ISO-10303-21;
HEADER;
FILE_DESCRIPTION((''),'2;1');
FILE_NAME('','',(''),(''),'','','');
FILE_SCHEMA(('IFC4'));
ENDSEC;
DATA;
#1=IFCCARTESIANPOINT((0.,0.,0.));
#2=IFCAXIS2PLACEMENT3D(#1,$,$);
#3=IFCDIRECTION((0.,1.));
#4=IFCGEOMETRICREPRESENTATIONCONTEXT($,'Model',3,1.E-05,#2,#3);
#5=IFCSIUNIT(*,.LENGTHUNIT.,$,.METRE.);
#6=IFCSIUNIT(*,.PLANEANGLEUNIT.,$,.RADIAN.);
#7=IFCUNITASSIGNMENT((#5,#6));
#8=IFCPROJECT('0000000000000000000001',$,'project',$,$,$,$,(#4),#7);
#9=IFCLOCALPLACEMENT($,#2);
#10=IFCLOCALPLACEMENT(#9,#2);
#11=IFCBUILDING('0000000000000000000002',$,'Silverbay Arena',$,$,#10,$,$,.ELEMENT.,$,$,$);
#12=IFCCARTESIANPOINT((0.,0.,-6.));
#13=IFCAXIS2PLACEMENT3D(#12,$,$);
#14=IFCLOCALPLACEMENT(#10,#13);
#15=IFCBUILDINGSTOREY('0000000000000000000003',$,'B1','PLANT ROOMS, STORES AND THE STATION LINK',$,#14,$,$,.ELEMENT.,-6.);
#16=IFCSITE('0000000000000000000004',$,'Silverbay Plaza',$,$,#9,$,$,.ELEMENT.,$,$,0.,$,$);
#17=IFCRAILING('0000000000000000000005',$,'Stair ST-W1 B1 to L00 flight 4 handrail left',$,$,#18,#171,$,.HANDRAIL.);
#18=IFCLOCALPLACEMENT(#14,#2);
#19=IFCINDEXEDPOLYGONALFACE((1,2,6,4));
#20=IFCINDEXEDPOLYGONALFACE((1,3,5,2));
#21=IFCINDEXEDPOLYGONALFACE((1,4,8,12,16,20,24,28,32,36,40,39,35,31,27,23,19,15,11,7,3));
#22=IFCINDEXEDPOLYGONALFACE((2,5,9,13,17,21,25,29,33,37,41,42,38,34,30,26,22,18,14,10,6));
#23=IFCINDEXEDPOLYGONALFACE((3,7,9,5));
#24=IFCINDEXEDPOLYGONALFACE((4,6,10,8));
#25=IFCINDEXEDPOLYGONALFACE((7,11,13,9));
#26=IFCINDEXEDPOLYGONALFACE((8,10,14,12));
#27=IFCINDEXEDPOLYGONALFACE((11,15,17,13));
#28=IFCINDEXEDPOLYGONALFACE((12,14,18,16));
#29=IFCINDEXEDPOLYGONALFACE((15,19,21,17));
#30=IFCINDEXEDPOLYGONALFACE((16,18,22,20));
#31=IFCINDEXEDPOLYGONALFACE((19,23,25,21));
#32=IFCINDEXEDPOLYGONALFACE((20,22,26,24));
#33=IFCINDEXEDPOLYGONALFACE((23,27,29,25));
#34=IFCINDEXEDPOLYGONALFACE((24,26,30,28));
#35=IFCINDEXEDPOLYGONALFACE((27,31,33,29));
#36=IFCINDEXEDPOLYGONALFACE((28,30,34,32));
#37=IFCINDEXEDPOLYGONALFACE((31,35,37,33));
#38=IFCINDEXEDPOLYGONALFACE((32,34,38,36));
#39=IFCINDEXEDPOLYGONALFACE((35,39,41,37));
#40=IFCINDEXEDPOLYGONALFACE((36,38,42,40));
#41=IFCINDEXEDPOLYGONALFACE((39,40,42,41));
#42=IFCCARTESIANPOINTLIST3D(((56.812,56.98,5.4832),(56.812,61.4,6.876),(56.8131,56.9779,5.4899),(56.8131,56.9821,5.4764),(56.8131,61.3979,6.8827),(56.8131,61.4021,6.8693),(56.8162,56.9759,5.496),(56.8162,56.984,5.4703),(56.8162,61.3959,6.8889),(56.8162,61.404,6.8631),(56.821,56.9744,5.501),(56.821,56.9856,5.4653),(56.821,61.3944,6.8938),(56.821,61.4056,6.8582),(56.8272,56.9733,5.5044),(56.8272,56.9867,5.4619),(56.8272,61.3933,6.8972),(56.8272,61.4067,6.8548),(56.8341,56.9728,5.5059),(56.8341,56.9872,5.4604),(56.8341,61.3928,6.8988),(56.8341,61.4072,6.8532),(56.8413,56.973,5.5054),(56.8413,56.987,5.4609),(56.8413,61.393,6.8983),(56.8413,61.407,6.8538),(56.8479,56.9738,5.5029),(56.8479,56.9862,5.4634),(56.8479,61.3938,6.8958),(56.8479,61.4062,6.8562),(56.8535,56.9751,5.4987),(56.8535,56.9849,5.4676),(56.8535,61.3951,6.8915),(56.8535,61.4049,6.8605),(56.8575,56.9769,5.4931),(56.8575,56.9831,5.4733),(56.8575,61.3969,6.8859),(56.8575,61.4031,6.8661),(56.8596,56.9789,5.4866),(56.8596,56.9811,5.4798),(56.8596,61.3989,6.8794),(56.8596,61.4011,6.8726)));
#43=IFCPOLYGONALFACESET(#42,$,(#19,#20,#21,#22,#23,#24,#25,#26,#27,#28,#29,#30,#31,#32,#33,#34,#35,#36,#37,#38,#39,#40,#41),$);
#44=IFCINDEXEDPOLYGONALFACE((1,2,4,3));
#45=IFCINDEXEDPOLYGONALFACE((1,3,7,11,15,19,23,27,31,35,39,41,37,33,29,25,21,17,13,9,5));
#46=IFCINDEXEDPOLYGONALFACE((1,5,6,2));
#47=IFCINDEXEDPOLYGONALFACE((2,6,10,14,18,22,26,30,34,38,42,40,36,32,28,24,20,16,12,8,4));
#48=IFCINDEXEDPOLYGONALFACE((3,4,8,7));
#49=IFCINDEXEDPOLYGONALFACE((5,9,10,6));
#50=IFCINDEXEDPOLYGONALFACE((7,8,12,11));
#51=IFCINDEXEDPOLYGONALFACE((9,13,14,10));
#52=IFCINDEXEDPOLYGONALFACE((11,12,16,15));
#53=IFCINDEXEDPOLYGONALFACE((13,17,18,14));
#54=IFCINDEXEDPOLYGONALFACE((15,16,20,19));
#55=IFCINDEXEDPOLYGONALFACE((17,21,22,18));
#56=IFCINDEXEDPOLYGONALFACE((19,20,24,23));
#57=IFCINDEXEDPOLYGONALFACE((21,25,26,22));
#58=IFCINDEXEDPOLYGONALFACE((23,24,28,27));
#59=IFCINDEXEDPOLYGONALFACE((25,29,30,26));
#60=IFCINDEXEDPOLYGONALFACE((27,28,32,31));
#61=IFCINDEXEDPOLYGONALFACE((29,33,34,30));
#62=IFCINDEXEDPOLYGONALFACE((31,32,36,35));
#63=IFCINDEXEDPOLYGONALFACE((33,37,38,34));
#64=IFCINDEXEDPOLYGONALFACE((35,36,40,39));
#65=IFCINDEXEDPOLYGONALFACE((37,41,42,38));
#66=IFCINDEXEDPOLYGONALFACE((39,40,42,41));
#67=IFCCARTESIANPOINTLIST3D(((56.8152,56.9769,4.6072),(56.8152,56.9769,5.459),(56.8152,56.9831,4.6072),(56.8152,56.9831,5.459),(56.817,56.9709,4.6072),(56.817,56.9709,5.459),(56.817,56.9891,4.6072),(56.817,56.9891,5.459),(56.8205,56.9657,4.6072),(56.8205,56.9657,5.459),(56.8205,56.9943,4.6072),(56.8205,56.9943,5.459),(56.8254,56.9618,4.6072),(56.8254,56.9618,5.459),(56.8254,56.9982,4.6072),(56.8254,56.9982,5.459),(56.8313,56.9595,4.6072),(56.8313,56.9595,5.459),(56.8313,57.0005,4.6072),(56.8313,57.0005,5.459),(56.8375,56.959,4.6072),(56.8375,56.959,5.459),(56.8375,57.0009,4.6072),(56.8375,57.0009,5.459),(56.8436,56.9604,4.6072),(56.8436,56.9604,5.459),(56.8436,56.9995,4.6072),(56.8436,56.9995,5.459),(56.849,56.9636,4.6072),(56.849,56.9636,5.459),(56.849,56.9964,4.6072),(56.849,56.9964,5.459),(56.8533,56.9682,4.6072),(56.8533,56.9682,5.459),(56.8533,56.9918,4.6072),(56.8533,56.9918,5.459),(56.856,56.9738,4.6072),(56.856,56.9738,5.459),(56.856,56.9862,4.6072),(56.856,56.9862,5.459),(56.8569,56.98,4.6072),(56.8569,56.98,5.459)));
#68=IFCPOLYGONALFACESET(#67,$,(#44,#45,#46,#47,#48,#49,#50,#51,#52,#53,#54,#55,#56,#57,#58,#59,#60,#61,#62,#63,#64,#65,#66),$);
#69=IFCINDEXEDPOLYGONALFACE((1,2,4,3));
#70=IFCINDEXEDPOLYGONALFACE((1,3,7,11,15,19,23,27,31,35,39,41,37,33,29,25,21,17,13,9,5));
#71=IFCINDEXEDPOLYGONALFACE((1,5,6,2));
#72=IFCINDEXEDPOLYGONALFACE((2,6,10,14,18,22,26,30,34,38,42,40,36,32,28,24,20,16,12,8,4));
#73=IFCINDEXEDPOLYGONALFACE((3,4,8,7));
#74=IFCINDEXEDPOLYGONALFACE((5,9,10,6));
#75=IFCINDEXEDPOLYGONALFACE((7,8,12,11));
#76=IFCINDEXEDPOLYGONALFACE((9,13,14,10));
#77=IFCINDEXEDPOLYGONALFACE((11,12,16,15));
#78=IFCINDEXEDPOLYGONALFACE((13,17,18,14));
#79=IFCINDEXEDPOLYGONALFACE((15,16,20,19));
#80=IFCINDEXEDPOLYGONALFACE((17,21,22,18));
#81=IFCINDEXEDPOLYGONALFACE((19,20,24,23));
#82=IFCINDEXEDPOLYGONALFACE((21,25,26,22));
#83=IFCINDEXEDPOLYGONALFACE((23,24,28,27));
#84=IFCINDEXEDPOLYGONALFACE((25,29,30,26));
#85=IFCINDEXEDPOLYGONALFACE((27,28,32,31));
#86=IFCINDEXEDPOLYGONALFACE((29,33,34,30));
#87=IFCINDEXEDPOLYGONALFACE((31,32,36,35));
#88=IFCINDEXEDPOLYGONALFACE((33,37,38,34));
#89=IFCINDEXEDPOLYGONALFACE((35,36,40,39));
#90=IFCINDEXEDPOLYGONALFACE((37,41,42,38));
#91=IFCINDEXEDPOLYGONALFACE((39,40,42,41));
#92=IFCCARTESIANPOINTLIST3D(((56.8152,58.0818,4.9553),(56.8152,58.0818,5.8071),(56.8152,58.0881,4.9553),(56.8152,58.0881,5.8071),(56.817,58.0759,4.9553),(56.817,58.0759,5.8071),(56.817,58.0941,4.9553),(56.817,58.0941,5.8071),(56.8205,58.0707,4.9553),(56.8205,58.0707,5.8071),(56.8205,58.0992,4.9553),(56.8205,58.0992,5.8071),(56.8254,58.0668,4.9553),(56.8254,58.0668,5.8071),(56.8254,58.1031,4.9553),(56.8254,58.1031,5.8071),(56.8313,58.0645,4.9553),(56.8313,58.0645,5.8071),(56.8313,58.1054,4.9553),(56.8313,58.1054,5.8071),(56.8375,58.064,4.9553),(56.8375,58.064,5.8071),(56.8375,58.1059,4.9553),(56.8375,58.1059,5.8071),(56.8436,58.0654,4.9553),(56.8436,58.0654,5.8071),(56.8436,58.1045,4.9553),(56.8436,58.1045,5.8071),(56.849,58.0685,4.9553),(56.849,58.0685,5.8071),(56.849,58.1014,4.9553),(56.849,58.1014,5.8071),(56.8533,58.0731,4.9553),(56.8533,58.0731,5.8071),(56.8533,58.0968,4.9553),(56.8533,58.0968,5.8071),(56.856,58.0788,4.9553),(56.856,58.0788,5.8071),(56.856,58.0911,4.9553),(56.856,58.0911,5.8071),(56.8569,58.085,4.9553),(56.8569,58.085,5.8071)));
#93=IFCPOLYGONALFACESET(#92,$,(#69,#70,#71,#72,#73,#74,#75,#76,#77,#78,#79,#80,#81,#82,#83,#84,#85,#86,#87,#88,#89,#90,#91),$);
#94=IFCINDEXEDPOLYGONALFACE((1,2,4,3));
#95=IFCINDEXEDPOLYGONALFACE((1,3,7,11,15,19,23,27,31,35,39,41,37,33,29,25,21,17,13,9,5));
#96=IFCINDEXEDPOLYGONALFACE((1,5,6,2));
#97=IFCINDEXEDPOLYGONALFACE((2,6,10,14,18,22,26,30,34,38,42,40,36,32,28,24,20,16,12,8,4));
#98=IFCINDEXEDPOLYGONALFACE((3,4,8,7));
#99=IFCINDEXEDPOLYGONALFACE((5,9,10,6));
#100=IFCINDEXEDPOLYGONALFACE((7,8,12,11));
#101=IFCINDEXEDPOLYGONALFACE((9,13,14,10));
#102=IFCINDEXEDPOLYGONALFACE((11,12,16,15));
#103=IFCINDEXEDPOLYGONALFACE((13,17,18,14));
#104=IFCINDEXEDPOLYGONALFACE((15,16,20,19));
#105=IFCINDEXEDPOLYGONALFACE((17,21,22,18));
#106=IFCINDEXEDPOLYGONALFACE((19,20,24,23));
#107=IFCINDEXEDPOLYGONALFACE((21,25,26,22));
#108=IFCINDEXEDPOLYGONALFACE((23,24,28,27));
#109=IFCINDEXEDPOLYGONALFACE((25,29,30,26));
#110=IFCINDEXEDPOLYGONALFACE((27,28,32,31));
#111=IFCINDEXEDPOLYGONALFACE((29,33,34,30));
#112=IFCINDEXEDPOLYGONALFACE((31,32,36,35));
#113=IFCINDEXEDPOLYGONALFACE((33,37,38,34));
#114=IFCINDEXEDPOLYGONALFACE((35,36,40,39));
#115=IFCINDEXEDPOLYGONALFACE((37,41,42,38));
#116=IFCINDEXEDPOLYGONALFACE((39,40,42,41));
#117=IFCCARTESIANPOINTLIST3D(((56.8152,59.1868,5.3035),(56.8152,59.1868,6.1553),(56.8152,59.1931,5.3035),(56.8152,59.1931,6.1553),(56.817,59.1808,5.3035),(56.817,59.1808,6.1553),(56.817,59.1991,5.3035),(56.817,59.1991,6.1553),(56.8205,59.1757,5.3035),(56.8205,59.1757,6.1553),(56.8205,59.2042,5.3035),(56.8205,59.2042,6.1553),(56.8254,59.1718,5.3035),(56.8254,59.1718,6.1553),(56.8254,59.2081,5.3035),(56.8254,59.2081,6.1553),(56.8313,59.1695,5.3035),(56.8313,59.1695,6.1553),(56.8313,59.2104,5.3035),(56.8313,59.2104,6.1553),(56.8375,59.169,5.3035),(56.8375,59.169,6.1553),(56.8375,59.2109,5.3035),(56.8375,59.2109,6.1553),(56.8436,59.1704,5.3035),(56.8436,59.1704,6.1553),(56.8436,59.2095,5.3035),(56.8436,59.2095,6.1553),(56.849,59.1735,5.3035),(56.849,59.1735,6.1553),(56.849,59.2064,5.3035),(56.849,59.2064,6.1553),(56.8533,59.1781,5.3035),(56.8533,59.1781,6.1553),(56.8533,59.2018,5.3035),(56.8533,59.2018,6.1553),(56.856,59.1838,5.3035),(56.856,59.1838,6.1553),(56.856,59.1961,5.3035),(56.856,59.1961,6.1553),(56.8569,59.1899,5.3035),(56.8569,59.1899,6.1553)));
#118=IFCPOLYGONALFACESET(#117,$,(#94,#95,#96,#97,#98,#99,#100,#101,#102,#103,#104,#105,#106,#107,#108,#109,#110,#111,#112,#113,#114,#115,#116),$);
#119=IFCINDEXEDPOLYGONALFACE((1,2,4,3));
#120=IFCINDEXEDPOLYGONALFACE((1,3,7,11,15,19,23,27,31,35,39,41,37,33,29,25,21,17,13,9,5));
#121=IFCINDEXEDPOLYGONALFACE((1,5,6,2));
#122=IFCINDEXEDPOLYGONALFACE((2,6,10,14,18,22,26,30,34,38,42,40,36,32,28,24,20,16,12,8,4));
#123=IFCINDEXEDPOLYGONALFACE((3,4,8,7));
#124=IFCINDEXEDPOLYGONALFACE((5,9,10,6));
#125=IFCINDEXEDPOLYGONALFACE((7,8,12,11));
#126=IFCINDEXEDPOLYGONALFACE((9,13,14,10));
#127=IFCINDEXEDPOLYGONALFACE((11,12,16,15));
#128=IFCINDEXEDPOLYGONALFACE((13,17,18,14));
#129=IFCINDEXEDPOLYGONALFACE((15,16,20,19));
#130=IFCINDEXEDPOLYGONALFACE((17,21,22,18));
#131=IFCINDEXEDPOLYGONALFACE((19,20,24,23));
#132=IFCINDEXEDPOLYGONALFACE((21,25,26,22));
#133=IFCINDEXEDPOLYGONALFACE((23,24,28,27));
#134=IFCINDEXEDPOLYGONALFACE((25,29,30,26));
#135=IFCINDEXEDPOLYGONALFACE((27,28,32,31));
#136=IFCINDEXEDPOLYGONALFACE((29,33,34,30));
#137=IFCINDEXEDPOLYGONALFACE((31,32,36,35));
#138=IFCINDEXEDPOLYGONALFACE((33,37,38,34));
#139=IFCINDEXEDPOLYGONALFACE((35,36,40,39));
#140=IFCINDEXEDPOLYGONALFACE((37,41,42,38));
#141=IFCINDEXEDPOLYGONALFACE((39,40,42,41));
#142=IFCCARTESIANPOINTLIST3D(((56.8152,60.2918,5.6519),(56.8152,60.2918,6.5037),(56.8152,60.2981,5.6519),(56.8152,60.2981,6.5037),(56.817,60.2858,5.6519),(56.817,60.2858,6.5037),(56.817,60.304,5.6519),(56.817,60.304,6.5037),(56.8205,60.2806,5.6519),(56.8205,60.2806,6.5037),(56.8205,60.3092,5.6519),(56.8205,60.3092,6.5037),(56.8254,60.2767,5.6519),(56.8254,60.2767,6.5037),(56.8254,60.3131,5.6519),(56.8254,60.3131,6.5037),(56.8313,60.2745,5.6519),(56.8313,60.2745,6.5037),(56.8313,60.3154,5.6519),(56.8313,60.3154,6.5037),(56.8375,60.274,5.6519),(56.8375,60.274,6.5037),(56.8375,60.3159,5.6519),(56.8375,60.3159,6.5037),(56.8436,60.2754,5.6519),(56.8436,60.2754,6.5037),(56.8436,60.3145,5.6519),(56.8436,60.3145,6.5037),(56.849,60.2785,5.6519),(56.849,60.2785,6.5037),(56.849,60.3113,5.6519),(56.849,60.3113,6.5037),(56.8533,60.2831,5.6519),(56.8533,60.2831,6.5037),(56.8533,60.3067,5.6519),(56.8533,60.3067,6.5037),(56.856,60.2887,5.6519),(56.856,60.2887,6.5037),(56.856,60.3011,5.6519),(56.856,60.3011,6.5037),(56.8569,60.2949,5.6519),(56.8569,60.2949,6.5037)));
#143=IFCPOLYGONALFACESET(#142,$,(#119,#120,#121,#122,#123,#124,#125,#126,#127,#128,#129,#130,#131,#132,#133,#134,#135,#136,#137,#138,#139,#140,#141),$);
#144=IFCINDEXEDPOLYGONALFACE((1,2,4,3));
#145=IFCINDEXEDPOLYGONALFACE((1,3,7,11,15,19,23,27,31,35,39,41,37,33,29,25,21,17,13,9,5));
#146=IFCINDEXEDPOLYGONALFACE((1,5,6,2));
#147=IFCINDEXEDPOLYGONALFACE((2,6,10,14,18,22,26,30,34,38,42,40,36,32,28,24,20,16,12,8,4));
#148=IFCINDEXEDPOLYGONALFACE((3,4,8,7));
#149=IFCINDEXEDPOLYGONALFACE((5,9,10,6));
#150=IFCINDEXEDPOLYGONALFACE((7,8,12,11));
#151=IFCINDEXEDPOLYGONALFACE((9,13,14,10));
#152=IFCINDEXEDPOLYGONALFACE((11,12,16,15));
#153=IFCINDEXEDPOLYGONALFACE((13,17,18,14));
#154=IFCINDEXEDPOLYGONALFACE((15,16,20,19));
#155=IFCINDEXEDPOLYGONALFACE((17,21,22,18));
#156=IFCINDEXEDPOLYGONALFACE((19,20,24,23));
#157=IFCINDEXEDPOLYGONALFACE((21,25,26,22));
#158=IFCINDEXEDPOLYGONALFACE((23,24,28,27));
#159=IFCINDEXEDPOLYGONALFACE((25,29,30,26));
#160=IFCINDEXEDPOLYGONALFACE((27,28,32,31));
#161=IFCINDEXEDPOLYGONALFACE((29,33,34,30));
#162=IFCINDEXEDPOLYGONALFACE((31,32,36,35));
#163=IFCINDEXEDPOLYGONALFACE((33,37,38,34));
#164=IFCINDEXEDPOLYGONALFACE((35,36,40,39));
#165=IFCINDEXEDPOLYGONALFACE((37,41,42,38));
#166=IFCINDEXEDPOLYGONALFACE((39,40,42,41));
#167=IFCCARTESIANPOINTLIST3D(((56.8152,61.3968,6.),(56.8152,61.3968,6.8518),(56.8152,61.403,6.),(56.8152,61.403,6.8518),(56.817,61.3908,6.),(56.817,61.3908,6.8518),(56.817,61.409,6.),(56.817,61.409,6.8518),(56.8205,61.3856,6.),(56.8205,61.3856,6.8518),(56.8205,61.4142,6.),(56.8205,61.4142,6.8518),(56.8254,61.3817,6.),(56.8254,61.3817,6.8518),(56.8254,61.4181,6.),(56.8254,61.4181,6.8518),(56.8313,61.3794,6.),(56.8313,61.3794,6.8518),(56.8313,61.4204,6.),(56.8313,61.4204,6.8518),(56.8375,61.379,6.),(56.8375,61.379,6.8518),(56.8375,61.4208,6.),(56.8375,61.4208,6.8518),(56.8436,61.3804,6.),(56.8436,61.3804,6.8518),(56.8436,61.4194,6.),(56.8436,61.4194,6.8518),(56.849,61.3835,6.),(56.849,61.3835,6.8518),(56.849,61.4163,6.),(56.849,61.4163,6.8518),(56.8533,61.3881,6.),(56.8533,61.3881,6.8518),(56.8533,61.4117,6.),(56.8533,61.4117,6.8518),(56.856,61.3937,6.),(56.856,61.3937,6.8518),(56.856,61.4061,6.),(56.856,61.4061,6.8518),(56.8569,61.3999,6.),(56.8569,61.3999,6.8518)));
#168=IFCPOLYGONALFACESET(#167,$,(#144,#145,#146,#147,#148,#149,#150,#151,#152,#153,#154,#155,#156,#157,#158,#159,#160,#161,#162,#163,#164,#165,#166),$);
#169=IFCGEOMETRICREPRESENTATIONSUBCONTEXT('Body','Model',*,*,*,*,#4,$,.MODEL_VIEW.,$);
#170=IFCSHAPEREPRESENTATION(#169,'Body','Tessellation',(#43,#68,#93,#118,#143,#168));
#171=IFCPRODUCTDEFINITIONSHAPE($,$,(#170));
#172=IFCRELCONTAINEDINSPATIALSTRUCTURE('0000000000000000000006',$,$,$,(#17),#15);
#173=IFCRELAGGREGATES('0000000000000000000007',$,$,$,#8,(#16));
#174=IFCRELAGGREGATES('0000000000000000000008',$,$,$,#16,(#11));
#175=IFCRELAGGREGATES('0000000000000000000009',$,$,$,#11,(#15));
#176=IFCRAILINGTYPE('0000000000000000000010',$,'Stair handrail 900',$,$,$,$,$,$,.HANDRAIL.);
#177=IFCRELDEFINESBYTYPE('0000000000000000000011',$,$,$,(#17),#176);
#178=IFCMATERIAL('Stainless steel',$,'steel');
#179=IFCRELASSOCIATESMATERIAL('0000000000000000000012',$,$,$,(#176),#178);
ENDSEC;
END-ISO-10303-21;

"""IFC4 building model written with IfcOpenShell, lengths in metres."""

from ifc_helpers import new_model, si_unit, direction, frame, origin, origin_2d, place, context, subcontext, project, spatial, circle, extrude, material, type_object, element, save


model = new_model("IFC4")

# Units and contexts
model_context = context("Model", 3, precision=1e-05, world=origin(), true_north=direction((0.0, 1.0)))
body_context = subcontext(model_context, "Body", "Model", "MODEL_VIEW")
ifc_project = project(units=[si_unit("LENGTHUNIT", "METRE"), si_unit("PLANEANGLEUNIT", "RADIAN")], contexts=[model_context])

# Site, building, storey
site_placement = place(None, origin())
site = spatial("IfcSite", under=ifc_project, at=site_placement, Name="Silverbay Plaza", CompositionType="ELEMENT", RefElevation=0.0)
building_placement = place(site_placement, origin())
building = spatial("IfcBuilding", under=site, at=building_placement, Name="Silverbay Arena", CompositionType="ELEMENT")
storey_placement = place(building_placement, frame((0.0, 0.0, -6.0)))
storey = spatial("IfcBuildingStorey", under=building, at=storey_placement, Name="B1", Description="PLANT ROOMS, STORES AND THE STATION LINK", CompositionType="ELEMENT", Elevation=-6.0)

# Railing
ifc_material_1 = material(Name="Stainless steel", Category="steel")
railing_type_1 = type_object("IfcRailingType", Name="Stair handrail 900", PredefinedType="HANDRAIL", material=ifc_material_1)
railing_1_placement = place(storey_placement, frame((56.8359, 56.98, 4.6072)))
element("IfcRailing", 1, at=railing_1_placement, inside=storey, type_object=railing_type_1, Name="Stair ST-W1 B1 to L00 flight 4 handrail left", PredefinedType="HANDRAIL", context=body_context, shape_type="SweptSolid", body=[
    extrude(circle(Radius=0.0239, at=origin_2d()), frame((0.0, 0.0, 0.876), z_axis=(0.0, 0.953765, 0.300554), x_axis=(-1.0, 0.0, 0.0)), (0.0, 0.0, 1.0), 4.6343),
    extrude(circle(Radius=0.021, at=origin_2d()), origin(), (0.0, 0.0, 1.0), 0.8518),
    extrude(circle(Radius=0.021, at=origin_2d()), frame((0.0, 1.105, 0.3481)), (0.0, 0.0, 1.0), 0.8518),
    extrude(circle(Radius=0.021, at=origin_2d()), frame((0.0, 2.21, 0.6963)), (0.0, 0.0, 1.0), 0.8518),
    extrude(circle(Radius=0.021, at=origin_2d()), frame((0.0, 3.3149, 1.0447)), (0.0, 0.0, 1.0), 0.8518),
    extrude(circle(Radius=0.021, at=origin_2d()), frame((0.0, 4.4199, 1.3928)), (0.0, 0.0, 1.0), 0.8518),
])

save(model, "model.ifc")
